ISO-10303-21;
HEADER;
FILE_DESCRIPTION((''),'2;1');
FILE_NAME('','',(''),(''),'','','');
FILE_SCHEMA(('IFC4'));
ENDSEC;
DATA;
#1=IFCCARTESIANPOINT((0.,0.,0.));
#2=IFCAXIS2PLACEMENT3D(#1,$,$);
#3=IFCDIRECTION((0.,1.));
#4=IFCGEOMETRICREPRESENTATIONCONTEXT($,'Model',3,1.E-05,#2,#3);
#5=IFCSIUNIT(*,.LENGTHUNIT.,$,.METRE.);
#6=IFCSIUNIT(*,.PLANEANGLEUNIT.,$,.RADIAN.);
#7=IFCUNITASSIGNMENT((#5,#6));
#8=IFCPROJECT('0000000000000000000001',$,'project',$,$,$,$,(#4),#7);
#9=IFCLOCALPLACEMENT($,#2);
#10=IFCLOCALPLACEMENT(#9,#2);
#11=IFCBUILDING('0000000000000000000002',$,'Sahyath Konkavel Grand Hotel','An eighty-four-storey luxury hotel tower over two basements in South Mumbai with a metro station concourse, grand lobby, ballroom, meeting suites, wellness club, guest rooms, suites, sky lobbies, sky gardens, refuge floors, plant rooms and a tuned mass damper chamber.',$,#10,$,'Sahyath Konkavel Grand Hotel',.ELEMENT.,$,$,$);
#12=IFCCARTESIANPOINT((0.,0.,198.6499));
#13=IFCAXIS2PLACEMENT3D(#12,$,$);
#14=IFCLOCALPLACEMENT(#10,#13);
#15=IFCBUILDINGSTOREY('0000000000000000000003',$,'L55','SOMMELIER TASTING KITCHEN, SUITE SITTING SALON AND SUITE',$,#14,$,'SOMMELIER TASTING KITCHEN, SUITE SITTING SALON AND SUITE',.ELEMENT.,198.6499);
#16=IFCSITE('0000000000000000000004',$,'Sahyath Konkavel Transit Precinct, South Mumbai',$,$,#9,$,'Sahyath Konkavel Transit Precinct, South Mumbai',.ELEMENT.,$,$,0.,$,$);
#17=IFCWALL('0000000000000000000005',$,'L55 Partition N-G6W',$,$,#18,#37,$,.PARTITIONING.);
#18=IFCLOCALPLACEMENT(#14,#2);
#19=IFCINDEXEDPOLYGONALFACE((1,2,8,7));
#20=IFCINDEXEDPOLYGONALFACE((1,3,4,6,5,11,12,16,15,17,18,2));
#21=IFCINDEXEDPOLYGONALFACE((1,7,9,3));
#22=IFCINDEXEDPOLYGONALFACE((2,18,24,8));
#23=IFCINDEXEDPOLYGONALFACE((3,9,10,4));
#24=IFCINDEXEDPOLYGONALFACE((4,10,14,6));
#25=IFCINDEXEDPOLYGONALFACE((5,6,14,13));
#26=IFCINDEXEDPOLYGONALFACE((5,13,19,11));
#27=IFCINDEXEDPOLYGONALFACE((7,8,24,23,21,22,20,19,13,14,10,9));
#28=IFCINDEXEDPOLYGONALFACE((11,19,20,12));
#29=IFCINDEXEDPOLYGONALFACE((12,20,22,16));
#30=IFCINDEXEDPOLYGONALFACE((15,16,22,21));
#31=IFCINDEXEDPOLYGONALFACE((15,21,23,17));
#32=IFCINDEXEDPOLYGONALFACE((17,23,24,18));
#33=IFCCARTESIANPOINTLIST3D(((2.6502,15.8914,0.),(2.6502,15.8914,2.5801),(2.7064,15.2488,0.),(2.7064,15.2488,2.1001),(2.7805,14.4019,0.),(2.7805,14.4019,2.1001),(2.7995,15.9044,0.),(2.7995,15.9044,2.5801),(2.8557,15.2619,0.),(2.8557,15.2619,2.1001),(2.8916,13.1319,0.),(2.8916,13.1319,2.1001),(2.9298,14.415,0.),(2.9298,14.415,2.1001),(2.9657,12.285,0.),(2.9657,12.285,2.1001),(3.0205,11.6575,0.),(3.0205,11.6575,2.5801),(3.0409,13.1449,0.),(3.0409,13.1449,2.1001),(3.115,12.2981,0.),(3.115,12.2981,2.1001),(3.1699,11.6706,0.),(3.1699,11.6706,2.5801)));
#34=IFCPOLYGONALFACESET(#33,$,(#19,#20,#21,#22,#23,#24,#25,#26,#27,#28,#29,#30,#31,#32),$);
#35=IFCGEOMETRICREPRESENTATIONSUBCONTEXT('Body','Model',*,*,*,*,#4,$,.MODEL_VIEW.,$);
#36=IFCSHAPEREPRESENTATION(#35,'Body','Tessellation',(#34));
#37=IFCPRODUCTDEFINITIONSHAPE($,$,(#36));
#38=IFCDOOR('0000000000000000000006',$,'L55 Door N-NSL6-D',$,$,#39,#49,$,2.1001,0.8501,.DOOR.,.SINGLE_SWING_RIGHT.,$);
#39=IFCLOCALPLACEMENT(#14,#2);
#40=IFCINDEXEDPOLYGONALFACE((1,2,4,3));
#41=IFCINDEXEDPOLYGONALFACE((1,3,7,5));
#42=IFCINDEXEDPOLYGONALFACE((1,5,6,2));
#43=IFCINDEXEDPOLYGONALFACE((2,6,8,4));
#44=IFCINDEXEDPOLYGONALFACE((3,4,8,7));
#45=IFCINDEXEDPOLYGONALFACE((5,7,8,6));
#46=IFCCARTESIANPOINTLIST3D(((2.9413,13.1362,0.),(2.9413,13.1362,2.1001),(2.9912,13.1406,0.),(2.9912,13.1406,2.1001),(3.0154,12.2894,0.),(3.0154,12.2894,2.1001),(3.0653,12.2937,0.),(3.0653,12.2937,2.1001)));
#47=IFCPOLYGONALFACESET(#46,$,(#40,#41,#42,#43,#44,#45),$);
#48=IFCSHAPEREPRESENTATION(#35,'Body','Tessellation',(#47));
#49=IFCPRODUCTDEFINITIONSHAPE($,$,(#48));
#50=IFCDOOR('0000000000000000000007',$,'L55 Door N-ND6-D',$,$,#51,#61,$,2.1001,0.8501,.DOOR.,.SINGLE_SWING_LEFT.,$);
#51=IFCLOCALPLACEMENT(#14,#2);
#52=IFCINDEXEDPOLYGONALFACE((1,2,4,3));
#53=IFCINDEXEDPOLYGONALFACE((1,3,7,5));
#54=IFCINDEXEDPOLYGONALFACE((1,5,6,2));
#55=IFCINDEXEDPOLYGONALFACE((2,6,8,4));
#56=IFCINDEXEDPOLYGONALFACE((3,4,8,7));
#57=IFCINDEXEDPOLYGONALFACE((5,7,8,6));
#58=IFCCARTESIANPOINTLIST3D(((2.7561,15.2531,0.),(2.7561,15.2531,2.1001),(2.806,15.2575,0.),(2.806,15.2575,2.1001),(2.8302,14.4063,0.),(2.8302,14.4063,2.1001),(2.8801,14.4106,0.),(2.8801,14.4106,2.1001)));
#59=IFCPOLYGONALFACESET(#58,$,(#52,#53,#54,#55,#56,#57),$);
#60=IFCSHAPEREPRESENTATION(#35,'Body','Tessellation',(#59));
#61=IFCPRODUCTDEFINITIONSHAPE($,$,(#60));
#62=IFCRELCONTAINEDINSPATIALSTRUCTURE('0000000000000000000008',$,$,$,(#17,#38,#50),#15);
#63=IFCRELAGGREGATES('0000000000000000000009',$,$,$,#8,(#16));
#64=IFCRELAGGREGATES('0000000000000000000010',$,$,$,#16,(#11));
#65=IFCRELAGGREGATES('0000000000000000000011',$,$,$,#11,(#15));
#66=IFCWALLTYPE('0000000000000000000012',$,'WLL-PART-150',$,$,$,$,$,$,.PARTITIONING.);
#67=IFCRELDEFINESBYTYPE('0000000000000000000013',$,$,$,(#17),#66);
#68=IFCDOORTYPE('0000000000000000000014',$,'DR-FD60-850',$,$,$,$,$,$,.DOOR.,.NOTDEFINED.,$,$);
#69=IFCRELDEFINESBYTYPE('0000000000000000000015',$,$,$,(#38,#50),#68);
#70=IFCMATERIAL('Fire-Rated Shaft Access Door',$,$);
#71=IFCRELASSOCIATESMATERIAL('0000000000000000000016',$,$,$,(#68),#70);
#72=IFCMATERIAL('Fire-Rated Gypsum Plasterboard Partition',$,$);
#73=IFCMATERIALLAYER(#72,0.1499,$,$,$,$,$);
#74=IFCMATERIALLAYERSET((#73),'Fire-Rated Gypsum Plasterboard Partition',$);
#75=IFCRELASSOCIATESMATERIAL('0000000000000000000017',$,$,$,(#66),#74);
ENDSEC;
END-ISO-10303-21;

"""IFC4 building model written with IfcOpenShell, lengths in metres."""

from ifc_helpers import new_model, si_unit, direction, frame, frame_2d, origin, origin_2d, place, context, subcontext, project, spatial, rectangle, extrude, source, transform, mapped, material, layer, layer_set, type_object, element, fill, save


model = new_model("IFC4")

# Units and contexts
model_context = context("Model", 3, precision=1e-05, world=origin(), true_north=direction((0.0, 1.0)))
body_context = subcontext(model_context, "Body", "Model", "MODEL_VIEW")
ifc_project = project(units=[si_unit("LENGTHUNIT", "METRE"), si_unit("PLANEANGLEUNIT", "RADIAN")], contexts=[model_context])

# Site, building, storey
site_placement = place(None, origin())
site = spatial("IfcSite", under=ifc_project, at=site_placement, Name="Sahyath Konkavel Transit Precinct, South Mumbai", LongName="Sahyath Konkavel Transit Precinct, South Mumbai", CompositionType="ELEMENT", RefElevation=0.0)
building_placement = place(site_placement, origin())
building = spatial("IfcBuilding", under=site, at=building_placement, Name="Sahyath Konkavel Grand Hotel", Description="An eighty-four-storey luxury hotel tower over two basements in South Mumbai with a metro station concourse, grand lobby, ballroom, meeting suites, wellness club, guest rooms, suites, sky lobbies, sky gardens, refuge floors, plant rooms and a tuned mass damper chamber.", LongName="Sahyath Konkavel Grand Hotel", CompositionType="ELEMENT")
storey_placement = place(building_placement, frame((0.0, 0.0, 198.6499)))
storey = spatial("IfcBuildingStorey", under=building, at=storey_placement, Name="L55", Description="SOMMELIER TASTING KITCHEN, SUITE SITTING SALON AND SUITE", LongName="SOMMELIER TASTING KITCHEN, SUITE SITTING SALON AND SUITE", CompositionType="ELEMENT", Elevation=198.6499)

# Shared definitions
ifc_material_1 = material(Name="Fire-Rated Shaft Access Door")
door_type = type_object("IfcDoorType", Name="DR-FD60-850", OperationType="NOTDEFINED", PredefinedType="DOOR", material=ifc_material_1)
shared_shape_1 = source(origin(), body_context, "Body", "SweptSolid", [
    extrude(rectangle(XDim=0.8501, YDim=0.05, at=origin_2d()), origin(), (0.0, 0.0, 1.0), 2.1001),
])

# Wall, openings, doors
ifc_material_2 = material(Name="Fire-Rated Gypsum Plasterboard Partition")
ifc_layer_1 = layer(ifc_material_2, 0.1499)
ifc_layer_set_1 = layer_set([ifc_layer_1], Name="Fire-Rated Gypsum Plasterboard Partition")
wall_type_1 = type_object("IfcWallType", Name="WLL-PART-150", PredefinedType="PARTITIONING", material=ifc_layer_set_1)
wall_1_placement = place(storey_placement, frame((3.0952, 11.6641, 0.0), z_axis=(0.0, 0.0, 1.0), x_axis=(-0.087143, 0.996196, 0.0)))
wall_1 = element("IfcWall", 1, at=wall_1_placement, inside=storey, type_object=wall_type_1, Name="L55 Partition N-G6W", PredefinedType="PARTITIONING", context=body_context, shape_type="SweptSolid", body=[
    extrude(rectangle(XDim=4.25, YDim=0.1499, at=frame_2d((2.125, 0.0))), origin(), (0.0, 0.0, 1.0), 2.5801),
])
opening_1_placement = place(wall_1_placement, frame((0.6299, 0.0, 0.0)))
opening_1 = element("IfcOpeningElement", 2, at=opening_1_placement, cuts=wall_1, PredefinedType="OPENING", context=body_context, shape_type="SweptSolid", body=[
    extrude(rectangle(XDim=0.8501, YDim=2.1001, at=frame_2d((0.425, 1.05))), frame((0.0, 0.085, 0.0), z_axis=(0.0, -1.0, 0.0), x_axis=(1.0, 0.0, 0.0)), (0.0, 0.0, 1.0), 0.1699),
])
opening_2_placement = place(wall_1_placement, frame((2.7549, 0.0, 0.0)))
opening_2 = element("IfcOpeningElement", 3, at=opening_2_placement, cuts=wall_1, PredefinedType="OPENING", context=body_context, shape_type="SweptSolid", body=[
    extrude(rectangle(XDim=0.8501, YDim=2.1001, at=frame_2d((0.425, 1.05))), frame((0.0, 0.085, 0.0), z_axis=(0.0, -1.0, 0.0), x_axis=(1.0, 0.0, 0.0)), (0.0, 0.0, 1.0), 0.1699),
])
door_1_placement = place(opening_1_placement, frame((0.425, 0.0, 0.0)))
door_1 = element("IfcDoor", 4, at=door_1_placement, inside=storey, type_object=door_type, Name="L55 Door N-NSL6-D", OperationType="SINGLE_SWING_RIGHT", OverallHeight=2.1001, OverallWidth=0.8501, PredefinedType="DOOR", context=body_context, shape_type="MappedRepresentation", body=[
    mapped(shared_shape_1, transform((0.0, 0.0, 0.0), scale=1.0)),
])
fill(opening_1, door_1)
door_2_placement = place(opening_2_placement, frame((0.425, 0.0, 0.0)))
door_2 = element("IfcDoor", 5, at=door_2_placement, inside=storey, type_object=door_type, Name="L55 Door N-ND6-D", OperationType="SINGLE_SWING_LEFT", OverallHeight=2.1001, OverallWidth=0.8501, PredefinedType="DOOR", context=body_context, shape_type="MappedRepresentation", body=[
    mapped(shared_shape_1, transform((0.0, 0.0, 0.0), scale=1.0)),
])
fill(opening_2, door_2)

save(model, "model.ifc")
